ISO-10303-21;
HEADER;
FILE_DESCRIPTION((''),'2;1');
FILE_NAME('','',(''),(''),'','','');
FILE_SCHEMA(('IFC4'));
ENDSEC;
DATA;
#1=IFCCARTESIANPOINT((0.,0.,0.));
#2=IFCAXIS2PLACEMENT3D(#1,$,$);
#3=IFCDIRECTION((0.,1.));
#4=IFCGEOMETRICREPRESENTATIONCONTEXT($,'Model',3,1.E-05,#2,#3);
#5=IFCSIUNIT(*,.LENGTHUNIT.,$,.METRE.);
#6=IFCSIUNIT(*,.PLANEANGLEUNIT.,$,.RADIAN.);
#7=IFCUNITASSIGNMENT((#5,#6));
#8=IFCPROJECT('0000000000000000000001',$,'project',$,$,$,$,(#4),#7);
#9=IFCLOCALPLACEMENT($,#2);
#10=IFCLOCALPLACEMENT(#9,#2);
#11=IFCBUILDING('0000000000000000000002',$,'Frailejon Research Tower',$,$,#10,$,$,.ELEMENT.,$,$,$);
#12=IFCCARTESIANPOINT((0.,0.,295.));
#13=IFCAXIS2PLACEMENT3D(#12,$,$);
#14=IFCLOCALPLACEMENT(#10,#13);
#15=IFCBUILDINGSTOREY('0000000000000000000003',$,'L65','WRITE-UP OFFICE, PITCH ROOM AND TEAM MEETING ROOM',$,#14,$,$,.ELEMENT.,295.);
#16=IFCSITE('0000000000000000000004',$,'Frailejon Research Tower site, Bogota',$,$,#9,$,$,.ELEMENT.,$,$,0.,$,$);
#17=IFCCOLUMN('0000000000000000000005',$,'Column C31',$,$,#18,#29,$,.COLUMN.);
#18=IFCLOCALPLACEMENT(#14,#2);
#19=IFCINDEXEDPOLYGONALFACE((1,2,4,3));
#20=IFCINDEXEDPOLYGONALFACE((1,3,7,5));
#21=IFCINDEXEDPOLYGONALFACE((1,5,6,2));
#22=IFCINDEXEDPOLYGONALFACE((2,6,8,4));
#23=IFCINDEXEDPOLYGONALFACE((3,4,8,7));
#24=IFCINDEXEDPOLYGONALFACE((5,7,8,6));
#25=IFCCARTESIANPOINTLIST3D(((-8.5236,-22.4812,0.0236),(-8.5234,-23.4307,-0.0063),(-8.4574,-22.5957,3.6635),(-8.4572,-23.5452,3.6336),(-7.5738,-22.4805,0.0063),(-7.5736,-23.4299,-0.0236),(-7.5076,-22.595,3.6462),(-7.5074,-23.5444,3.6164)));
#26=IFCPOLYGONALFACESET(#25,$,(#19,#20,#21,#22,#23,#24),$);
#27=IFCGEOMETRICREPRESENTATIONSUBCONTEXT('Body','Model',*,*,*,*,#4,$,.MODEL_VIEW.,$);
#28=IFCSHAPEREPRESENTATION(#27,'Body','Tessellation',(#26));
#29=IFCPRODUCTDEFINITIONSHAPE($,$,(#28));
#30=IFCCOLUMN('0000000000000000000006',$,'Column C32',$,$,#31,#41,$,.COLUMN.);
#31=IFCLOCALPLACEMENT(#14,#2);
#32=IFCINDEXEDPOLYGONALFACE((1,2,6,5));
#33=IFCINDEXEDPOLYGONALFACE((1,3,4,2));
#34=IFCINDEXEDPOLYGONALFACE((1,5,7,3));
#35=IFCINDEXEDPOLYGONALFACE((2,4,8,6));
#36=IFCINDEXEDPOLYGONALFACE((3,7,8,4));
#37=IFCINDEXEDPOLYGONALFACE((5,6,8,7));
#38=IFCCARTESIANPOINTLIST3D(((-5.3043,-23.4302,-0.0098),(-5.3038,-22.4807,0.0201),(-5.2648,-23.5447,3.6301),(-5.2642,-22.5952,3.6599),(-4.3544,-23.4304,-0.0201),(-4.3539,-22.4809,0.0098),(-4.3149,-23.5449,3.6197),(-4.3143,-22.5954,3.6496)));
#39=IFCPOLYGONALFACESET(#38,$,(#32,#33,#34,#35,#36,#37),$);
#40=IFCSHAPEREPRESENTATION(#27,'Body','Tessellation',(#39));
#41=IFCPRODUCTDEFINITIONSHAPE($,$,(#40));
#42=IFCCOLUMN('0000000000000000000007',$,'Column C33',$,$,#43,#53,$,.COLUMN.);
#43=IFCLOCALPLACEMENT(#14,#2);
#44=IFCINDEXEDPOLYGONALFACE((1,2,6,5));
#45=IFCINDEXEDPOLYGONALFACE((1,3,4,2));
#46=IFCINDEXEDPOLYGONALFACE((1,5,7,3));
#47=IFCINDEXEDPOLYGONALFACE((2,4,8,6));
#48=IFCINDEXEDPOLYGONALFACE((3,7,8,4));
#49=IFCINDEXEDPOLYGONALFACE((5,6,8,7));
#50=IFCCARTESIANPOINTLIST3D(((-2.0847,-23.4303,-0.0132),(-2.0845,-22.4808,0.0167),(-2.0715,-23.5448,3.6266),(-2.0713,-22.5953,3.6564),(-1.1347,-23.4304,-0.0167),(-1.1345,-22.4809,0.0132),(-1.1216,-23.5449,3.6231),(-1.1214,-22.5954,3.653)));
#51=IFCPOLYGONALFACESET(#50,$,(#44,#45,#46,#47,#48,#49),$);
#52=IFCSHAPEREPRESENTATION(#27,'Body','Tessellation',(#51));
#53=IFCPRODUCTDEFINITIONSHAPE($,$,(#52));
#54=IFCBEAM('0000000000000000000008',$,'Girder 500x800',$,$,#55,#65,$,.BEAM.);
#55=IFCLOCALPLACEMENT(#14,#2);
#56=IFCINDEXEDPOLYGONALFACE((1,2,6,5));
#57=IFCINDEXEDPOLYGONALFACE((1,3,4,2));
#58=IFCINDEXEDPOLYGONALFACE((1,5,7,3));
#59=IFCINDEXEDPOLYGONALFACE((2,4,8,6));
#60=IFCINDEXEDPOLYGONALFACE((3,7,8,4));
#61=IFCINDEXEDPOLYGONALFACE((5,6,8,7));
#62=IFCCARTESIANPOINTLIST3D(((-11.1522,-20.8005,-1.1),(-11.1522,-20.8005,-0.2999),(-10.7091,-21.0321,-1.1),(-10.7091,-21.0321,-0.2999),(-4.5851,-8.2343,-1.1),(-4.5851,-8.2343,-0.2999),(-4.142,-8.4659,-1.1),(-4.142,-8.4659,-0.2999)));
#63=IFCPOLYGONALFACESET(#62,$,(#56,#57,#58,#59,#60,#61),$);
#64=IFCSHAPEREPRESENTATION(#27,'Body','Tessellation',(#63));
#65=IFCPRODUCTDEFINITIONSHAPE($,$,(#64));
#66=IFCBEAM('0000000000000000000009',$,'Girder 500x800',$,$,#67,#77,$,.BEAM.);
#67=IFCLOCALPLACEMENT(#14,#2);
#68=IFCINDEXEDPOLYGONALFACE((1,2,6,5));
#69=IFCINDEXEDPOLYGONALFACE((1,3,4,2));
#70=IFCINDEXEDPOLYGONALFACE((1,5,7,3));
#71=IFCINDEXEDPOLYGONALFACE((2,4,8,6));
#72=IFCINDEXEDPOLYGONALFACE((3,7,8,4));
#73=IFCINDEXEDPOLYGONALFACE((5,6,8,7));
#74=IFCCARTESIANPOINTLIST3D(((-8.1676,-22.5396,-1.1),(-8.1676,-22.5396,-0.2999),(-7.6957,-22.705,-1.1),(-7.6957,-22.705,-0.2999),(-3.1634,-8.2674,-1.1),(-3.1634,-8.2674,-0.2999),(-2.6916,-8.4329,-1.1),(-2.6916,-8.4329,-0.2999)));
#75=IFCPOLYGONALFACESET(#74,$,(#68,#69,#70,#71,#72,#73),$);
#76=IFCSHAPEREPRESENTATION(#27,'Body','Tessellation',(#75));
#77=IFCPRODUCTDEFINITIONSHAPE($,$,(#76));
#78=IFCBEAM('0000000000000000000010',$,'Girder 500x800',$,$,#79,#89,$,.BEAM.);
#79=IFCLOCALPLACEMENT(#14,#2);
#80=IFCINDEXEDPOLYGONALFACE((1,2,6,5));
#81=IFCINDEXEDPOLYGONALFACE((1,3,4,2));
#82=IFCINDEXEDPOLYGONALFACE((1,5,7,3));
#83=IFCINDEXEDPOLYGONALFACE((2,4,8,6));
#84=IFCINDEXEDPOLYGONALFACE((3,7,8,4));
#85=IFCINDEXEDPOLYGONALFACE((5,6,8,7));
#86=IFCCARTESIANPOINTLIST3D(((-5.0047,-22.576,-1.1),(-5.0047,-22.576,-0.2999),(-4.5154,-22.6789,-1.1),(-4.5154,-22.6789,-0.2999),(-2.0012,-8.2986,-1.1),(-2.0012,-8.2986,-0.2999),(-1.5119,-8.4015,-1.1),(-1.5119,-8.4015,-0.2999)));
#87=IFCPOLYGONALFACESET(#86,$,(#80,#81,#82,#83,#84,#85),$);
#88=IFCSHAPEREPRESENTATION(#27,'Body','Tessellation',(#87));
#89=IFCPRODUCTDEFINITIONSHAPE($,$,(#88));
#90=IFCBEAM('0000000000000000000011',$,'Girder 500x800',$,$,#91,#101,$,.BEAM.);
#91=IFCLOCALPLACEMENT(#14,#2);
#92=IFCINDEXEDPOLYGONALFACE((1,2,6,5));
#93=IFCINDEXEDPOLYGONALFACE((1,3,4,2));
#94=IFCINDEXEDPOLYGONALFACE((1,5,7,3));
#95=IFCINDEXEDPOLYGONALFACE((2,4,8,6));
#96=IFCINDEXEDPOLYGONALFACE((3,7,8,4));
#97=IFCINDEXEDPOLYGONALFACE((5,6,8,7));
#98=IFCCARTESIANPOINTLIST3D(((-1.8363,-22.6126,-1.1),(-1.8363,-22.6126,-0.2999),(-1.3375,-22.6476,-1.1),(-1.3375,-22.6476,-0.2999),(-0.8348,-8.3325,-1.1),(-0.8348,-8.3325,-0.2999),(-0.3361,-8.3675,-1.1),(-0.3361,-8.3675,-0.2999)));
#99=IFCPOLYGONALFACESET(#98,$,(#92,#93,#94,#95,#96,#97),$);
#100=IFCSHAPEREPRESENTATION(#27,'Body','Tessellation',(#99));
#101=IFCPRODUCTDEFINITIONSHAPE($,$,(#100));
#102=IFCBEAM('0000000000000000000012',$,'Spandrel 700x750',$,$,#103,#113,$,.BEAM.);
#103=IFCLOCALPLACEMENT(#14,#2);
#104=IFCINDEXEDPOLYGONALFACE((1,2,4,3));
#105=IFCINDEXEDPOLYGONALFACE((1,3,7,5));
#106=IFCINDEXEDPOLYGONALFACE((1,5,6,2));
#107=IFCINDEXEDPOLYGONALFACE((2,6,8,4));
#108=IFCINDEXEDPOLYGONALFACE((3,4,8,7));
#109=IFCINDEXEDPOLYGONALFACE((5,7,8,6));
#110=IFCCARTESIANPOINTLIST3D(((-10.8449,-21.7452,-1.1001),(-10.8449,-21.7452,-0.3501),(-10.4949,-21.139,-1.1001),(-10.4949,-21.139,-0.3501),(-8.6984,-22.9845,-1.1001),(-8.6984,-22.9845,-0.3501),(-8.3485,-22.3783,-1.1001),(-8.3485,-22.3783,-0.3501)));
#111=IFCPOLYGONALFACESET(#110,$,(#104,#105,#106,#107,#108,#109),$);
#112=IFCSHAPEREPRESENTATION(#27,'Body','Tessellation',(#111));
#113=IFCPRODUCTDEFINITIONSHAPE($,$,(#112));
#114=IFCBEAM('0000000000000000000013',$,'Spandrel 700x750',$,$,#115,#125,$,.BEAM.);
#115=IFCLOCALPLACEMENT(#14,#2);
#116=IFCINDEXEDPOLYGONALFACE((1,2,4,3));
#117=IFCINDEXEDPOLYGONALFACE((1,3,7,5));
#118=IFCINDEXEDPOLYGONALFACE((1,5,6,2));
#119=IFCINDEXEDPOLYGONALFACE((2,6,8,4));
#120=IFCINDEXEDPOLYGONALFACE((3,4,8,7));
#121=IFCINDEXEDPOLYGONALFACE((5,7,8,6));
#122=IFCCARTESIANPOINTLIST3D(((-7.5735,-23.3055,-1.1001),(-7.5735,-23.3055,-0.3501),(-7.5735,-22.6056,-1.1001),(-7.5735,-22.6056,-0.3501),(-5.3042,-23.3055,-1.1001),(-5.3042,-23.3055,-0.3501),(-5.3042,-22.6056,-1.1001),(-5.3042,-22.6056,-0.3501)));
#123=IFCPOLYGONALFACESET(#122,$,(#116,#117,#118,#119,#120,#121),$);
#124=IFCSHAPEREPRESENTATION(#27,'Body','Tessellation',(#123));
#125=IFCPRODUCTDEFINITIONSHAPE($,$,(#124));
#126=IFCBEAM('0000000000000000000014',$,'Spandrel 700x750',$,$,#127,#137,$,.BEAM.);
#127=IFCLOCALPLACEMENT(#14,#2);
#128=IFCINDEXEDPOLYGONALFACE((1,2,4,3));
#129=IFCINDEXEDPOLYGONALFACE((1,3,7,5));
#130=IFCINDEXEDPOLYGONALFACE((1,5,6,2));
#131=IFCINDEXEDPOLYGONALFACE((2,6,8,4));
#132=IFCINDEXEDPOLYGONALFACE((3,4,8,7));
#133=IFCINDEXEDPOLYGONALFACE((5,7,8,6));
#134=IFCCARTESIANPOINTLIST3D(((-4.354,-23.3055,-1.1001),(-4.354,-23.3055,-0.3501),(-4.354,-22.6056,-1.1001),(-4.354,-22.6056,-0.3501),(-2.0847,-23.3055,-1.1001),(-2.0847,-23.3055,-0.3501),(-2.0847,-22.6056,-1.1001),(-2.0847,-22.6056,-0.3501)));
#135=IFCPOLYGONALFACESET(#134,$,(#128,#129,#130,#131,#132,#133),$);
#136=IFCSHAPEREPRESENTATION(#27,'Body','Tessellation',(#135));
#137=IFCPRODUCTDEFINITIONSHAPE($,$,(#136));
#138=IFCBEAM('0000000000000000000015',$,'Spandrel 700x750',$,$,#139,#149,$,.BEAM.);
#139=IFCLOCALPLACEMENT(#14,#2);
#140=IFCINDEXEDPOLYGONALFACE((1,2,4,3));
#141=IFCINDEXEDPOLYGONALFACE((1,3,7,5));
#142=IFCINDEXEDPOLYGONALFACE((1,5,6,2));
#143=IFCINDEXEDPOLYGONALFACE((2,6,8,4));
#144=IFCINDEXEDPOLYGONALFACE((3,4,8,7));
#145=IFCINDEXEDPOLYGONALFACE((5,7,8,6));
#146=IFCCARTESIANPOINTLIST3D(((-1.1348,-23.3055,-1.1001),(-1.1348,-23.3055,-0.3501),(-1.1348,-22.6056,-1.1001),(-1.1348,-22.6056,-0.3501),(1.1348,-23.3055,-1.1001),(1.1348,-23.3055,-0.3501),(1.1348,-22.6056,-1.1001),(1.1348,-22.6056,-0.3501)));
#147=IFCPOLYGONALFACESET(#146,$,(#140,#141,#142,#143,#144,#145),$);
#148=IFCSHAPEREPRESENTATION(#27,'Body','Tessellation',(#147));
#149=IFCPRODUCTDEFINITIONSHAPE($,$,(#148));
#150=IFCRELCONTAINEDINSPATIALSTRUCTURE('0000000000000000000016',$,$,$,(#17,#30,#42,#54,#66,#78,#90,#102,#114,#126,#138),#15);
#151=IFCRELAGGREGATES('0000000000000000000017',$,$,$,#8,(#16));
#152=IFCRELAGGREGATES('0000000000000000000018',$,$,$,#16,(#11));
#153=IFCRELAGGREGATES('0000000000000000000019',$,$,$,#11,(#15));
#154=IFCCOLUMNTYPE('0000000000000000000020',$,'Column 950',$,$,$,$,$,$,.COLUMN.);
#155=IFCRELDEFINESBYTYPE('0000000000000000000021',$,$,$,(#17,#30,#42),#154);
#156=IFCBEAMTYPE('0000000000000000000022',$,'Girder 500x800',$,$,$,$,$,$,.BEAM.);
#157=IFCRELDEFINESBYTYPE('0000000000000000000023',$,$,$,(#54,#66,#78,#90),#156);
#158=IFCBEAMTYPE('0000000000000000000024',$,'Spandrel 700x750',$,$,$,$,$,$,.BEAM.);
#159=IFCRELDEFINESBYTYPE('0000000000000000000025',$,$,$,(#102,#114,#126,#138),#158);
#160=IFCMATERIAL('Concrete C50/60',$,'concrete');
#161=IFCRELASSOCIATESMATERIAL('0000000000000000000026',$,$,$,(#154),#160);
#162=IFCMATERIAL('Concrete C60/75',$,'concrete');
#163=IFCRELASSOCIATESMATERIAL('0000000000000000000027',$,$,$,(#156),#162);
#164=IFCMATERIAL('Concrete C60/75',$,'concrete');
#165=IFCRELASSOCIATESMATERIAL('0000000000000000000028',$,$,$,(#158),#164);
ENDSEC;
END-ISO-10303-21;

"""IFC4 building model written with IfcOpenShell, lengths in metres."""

from ifc_helpers import new_model, si_unit, direction, frame, origin, origin_2d, place, context, subcontext, project, spatial, rectangle, extrude, material, material_profile, profile_set, type_object, element, save


model = new_model("IFC4")

# Units and contexts
model_context = context("Model", 3, precision=1e-05, world=origin(), true_north=direction((0.0, 1.0)))
body_context = subcontext(model_context, "Body", "Model", "MODEL_VIEW")
ifc_project = project(units=[si_unit("LENGTHUNIT", "METRE"), si_unit("PLANEANGLEUNIT", "RADIAN")], contexts=[model_context])

# Site, building, storey
site_placement = place(None, origin())
site = spatial("IfcSite", under=ifc_project, at=site_placement, Name="Frailejon Research Tower site, Bogota", CompositionType="ELEMENT", RefElevation=0.0)
building_placement = place(site_placement, origin())
building = spatial("IfcBuilding", under=site, at=building_placement, Name="Frailejon Research Tower", CompositionType="ELEMENT")
storey_placement = place(building_placement, frame((0.0, 0.0, 295.0)))
storey = spatial("IfcBuildingStorey", under=building, at=storey_placement, Name="L65", Description="WRITE-UP OFFICE, PITCH ROOM AND TEAM MEETING ROOM", CompositionType="ELEMENT", Elevation=295.0)

# Columns
ifc_material_1 = material(Name="Concrete C50/60", Category="concrete")
ifc_material_profile_1 = material_profile(ifc_material_1, rectangle(XDim=0.95, YDim=0.95, at=origin_2d()), Name="Column 950")
ifc_profile_set_1 = profile_set([ifc_material_profile_1], Name="Concrete C50/60")
column_type = type_object("IfcColumnType", Name="Column 950", PredefinedType="COLUMN", material=ifc_profile_set_1)
column_1_placement = place(storey_placement, frame((-8.0486, -22.9556, 0.0), z_axis=(0.018165, -0.031437, 0.999341), x_axis=(0.999835, 0.000765, -0.01815)))
element("IfcColumn", 1, at=column_1_placement, inside=storey, type_object=column_type, Name="Column C31", PredefinedType="COLUMN", context=body_context, shape_type="SweptSolid", body=[
    extrude(rectangle(XDim=0.95, YDim=0.95, at=origin_2d()), origin(), (0.0, 0.0, 1.0), 3.6423),
])
column_2_placement = place(storey_placement, frame((-4.8291, -22.9556, 0.0), z_axis=(0.01086, -0.03144, 0.999447), x_axis=(0.999941, -0.000235, -0.010873)))
element("IfcColumn", 2, at=column_2_placement, inside=storey, type_object=column_type, Name="Column C32", PredefinedType="COLUMN", context=body_context, shape_type="SweptSolid", body=[
    extrude(rectangle(XDim=0.95, YDim=0.95, at=origin_2d()), origin(), (0.0, 0.0, 1.0), 3.6418),
])
column_3_placement = place(storey_placement, frame((-1.6096, -22.9556, 0.0), z_axis=(0.00362, -0.031442, 0.999499), x_axis=(0.999993, -0.000099, -0.003625)))
element("IfcColumn", 3, at=column_3_placement, inside=storey, type_object=column_type, Name="Column C33", PredefinedType="COLUMN", context=body_context, shape_type="SweptSolid", body=[
    extrude(rectangle(XDim=0.95, YDim=0.95, at=origin_2d()), origin(), (0.0, 0.0, 1.0), 3.6416),
])

# Beams
ifc_material_2 = material(Name="Concrete C60/75", Category="concrete")
ifc_material_profile_2 = material_profile(ifc_material_2, rectangle(XDim=0.5, YDim=0.8, at=origin_2d()), Name="Girder 500x800")
ifc_profile_set_2 = profile_set([ifc_material_profile_2], Name="Concrete C60/75")
beam_type_1 = type_object("IfcBeamType", Name="Girder 500x800", PredefinedType="BEAM", material=ifc_profile_set_2)
beam_1_placement = place(storey_placement, frame((-10.9307, -20.9163, -0.7), z_axis=(0.463169, 0.88627, 0.0), x_axis=(-0.88627, 0.463169, 0.0)))
element("IfcBeam", 4, at=beam_1_placement, inside=storey, type_object=beam_type_1, Name="Girder 500x800", PredefinedType="BEAM", context=body_context, shape_type="SweptSolid", body=[
    extrude(rectangle(XDim=0.5, YDim=0.8, at=origin_2d()), origin(), (0.0, 0.0, 1.0), 14.1787),
])
beam_2_placement = place(storey_placement, frame((-7.9316, -22.6223, -0.7), z_axis=(0.330873, 0.943675, 0.0), x_axis=(-0.943675, 0.330873, 0.0)))
element("IfcBeam", 5, at=beam_2_placement, inside=storey, type_object=beam_type_1, Name="Girder 500x800", PredefinedType="BEAM", context=body_context, shape_type="SweptSolid", body=[
    extrude(rectangle(XDim=0.5, YDim=0.8, at=origin_2d()), origin(), (0.0, 0.0, 1.0), 15.124),
])
beam_3_placement = place(storey_placement, frame((-4.76, -22.6274, -0.7), z_axis=(0.205857, 0.978582, 0.0), x_axis=(-0.978582, 0.205857, 0.0)))
element("IfcBeam", 6, at=beam_3_placement, inside=storey, type_object=beam_type_1, Name="Girder 500x800", PredefinedType="BEAM", context=body_context, shape_type="SweptSolid", body=[
    extrude(rectangle(XDim=0.5, YDim=0.8, at=origin_2d()), origin(), (0.0, 0.0, 1.0), 14.5898),
])
beam_4_placement = place(storey_placement, frame((-1.5869, -22.6301, -0.7), z_axis=(0.069959, 0.99755, 0.0), x_axis=(-0.99755, 0.069959, 0.0)))
element("IfcBeam", 7, at=beam_4_placement, inside=storey, type_object=beam_type_1, Name="Girder 500x800", PredefinedType="BEAM", context=body_context, shape_type="SweptSolid", body=[
    extrude(rectangle(XDim=0.5, YDim=0.8, at=origin_2d()), origin(), (0.0, 0.0, 1.0), 14.3152),
])
ifc_material_3 = material(Name="Concrete C60/75", Category="concrete")
ifc_material_profile_3 = material_profile(ifc_material_3, rectangle(XDim=0.7, YDim=0.75, at=origin_2d()), Name="Spandrel 700x750")
ifc_profile_set_3 = profile_set([ifc_material_profile_3], Name="Concrete C60/75")
beam_type_2 = type_object("IfcBeamType", Name="Spandrel 700x750", PredefinedType="BEAM", material=ifc_profile_set_3)
beam_5_placement = place(storey_placement, frame((-10.6699, -21.4421, -0.7251), z_axis=(0.866028, -0.499995, 0.0), x_axis=(0.499995, 0.866028, 0.0)))
element("IfcBeam", 8, at=beam_5_placement, inside=storey, type_object=beam_type_2, Name="Spandrel 700x750", PredefinedType="BEAM", context=body_context, shape_type="SweptSolid", body=[
    extrude(rectangle(XDim=0.7, YDim=0.75, at=origin_2d()), origin(), (0.0, 0.0, 1.0), 2.4785),
])
for number, where, z_axis, x_axis, name in (
    (9, (-7.5735, -22.9556, -0.7251), (1.0, 0.0, 0.0), (0.0, 1.0, 0.0), "Spandrel 700x750"),
    (10, (-4.354, -22.9556, -0.7251), (1.0, 0.0, 0.0), (0.0, 1.0, 0.0), "Spandrel 700x750"),
):
    element("IfcBeam", number, at=place(storey_placement, frame(where, z_axis=z_axis, x_axis=x_axis)), inside=storey, type_object=beam_type_2, Name=name, PredefinedType="BEAM", context=body_context, shape_type="SweptSolid", body=[
        extrude(rectangle(XDim=0.7, YDim=0.75, at=origin_2d()), origin(), (0.0, 0.0, 1.0), 2.2693),
    ])
beam_6_placement = place(storey_placement, frame((-1.1348, -22.9556, -0.7251), z_axis=(1.0, 0.0, 0.0), x_axis=(0.0, 1.0, 0.0)))
element("IfcBeam", 11, at=beam_6_placement, inside=storey, type_object=beam_type_2, Name="Spandrel 700x750", PredefinedType="BEAM", context=body_context, shape_type="SweptSolid", body=[
    extrude(rectangle(XDim=0.7, YDim=0.75, at=origin_2d()), origin(), (0.0, 0.0, 1.0), 2.2695),
])

save(model, "model.ifc")
